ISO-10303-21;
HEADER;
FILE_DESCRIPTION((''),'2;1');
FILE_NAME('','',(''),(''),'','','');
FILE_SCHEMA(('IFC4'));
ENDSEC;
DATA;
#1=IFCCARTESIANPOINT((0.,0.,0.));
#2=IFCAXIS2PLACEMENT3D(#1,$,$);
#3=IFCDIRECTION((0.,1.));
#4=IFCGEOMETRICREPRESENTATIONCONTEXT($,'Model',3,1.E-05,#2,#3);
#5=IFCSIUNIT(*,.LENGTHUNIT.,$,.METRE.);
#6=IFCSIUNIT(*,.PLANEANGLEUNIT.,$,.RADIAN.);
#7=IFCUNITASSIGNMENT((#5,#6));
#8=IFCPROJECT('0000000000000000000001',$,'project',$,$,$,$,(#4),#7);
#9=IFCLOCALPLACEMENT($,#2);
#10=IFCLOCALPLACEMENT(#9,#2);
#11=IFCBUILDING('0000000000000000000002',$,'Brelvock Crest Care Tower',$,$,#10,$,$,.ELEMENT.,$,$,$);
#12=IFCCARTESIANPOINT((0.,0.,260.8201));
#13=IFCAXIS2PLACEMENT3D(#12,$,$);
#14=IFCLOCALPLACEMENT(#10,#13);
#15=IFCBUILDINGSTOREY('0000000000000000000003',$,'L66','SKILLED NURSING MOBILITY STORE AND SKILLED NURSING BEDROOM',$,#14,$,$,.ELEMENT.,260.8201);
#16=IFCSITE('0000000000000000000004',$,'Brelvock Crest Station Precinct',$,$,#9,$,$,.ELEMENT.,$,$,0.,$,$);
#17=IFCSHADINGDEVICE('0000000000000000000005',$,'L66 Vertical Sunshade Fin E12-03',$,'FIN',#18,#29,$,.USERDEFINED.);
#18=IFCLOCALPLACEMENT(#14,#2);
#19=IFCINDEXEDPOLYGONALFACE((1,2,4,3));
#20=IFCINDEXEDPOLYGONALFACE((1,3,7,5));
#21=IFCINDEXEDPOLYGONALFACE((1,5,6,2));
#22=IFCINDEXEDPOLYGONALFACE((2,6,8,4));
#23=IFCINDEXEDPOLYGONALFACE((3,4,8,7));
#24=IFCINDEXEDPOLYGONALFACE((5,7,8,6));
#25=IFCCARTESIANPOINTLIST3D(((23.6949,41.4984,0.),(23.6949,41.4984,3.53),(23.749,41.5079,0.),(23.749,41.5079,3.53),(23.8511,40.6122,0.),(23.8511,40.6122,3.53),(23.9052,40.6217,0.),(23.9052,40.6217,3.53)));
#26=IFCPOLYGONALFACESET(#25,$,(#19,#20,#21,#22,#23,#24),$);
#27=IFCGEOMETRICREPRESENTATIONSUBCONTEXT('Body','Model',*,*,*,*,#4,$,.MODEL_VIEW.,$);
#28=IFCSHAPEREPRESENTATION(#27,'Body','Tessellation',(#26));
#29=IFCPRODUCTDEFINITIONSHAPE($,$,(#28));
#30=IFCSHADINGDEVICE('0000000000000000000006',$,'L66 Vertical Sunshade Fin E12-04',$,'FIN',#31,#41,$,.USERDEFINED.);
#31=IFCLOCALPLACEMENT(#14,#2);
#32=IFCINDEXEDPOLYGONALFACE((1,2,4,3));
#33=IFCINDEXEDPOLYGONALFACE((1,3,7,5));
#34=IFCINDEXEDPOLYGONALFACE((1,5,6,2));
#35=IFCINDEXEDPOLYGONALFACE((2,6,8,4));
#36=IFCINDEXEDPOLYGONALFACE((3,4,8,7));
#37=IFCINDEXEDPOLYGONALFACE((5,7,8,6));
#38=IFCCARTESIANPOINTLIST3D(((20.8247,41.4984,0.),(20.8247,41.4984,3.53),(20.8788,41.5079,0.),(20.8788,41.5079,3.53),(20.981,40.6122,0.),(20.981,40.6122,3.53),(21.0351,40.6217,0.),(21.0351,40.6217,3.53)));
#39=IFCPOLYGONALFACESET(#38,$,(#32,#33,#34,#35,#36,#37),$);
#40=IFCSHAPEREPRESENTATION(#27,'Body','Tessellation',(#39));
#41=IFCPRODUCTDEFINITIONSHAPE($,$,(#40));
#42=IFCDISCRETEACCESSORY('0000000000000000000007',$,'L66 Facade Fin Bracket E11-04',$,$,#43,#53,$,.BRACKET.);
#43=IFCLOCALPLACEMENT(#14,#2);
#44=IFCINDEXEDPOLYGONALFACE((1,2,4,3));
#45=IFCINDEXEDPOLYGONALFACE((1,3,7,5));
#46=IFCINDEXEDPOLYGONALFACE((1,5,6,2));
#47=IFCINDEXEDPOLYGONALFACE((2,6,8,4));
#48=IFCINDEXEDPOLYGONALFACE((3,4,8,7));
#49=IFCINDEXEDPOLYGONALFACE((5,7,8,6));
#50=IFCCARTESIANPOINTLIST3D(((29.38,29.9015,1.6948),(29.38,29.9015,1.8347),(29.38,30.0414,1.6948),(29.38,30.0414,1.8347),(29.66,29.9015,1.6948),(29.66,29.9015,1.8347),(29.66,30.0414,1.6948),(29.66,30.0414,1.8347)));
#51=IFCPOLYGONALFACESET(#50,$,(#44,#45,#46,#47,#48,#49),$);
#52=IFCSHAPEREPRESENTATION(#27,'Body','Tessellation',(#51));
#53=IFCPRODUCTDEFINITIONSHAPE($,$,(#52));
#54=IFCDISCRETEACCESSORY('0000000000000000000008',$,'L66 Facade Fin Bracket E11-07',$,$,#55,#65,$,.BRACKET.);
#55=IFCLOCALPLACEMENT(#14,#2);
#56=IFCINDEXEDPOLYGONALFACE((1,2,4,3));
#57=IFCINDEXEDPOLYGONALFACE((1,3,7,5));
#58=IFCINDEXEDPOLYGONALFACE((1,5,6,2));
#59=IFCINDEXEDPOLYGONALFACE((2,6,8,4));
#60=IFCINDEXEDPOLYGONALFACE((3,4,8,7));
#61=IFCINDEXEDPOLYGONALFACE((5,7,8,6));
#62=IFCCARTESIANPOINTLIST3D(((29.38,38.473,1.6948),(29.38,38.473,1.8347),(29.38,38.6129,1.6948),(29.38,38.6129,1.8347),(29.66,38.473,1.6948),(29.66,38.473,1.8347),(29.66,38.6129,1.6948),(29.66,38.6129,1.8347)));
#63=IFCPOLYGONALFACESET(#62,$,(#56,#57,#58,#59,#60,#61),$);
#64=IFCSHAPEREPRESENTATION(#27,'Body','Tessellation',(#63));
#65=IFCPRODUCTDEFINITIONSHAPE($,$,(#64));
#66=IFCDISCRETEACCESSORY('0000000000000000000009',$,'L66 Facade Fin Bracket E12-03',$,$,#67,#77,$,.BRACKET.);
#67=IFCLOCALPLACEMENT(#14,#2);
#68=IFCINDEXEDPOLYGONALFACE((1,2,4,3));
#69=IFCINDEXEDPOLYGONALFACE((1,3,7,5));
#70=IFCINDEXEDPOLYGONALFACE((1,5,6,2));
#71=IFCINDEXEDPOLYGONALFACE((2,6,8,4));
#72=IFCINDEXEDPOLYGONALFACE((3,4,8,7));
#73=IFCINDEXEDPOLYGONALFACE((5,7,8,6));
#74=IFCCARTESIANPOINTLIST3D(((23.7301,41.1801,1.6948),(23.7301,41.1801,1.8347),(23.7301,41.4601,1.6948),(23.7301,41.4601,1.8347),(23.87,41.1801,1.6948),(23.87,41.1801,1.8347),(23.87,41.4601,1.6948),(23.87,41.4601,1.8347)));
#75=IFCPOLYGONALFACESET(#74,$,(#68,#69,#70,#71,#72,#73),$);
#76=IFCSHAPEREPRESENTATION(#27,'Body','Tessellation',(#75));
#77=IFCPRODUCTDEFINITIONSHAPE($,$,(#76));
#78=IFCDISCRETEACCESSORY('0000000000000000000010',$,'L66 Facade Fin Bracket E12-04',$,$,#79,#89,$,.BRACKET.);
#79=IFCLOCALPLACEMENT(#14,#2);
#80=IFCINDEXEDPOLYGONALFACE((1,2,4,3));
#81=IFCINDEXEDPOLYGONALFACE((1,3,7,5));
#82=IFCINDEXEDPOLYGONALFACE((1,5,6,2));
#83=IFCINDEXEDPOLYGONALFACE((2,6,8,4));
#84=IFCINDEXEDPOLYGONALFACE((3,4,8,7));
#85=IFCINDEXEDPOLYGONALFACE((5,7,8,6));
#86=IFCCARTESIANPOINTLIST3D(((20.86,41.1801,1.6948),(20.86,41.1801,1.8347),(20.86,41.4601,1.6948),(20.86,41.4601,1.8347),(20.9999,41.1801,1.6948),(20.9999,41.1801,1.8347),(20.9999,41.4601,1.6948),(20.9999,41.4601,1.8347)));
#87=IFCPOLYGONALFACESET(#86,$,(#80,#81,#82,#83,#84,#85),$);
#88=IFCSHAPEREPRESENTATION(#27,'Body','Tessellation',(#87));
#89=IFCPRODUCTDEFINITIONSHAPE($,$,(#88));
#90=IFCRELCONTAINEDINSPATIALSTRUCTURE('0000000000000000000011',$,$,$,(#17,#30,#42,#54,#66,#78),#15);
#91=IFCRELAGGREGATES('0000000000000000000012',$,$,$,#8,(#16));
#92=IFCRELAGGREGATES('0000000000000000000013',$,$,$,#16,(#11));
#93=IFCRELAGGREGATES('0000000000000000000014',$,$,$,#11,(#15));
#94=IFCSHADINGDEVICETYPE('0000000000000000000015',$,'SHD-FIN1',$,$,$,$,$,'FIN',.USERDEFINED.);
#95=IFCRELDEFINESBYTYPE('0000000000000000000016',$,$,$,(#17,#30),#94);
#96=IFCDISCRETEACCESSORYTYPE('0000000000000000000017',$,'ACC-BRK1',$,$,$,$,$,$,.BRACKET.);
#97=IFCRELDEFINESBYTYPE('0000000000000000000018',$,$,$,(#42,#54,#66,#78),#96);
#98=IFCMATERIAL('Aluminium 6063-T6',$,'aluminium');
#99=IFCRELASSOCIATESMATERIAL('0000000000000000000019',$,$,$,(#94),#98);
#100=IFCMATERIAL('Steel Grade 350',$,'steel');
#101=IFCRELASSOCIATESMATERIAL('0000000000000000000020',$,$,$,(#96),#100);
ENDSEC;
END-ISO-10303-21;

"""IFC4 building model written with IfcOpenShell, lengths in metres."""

from ifc_helpers import new_model, si_unit, direction, frame, origin, origin_2d, place, context, subcontext, project, spatial, rectangle, extrude, source, transform, mapped, material, material_profile, profile_set, type_object, element, save


model = new_model("IFC4")

# Units and contexts
model_context = context("Model", 3, precision=1e-05, world=origin(), true_north=direction((0.0, 1.0)))
body_context = subcontext(model_context, "Body", "Model", "MODEL_VIEW")
ifc_project = project(units=[si_unit("LENGTHUNIT", "METRE"), si_unit("PLANEANGLEUNIT", "RADIAN")], contexts=[model_context])

# Site, building, storey
site_placement = place(None, origin())
site = spatial("IfcSite", under=ifc_project, at=site_placement, Name="Brelvock Crest Station Precinct", CompositionType="ELEMENT", RefElevation=0.0)
building_placement = place(site_placement, origin())
building = spatial("IfcBuilding", under=site, at=building_placement, Name="Brelvock Crest Care Tower", CompositionType="ELEMENT")
storey_placement = place(building_placement, frame((0.0, 0.0, 260.8201)))
storey = spatial("IfcBuildingStorey", under=building, at=storey_placement, Name="L66", Description="SKILLED NURSING MOBILITY STORE AND SKILLED NURSING BEDROOM", CompositionType="ELEMENT", Elevation=260.8201)

# Shared definitions
ifc_material_1 = material(Name="Aluminium 6063-T6", Category="aluminium")

# Shading devices
ifc_material_profile_1 = material_profile(ifc_material_1, rectangle(XDim=0.0549, YDim=0.8999, at=origin_2d()), Name="FIN55x900")
ifc_profile_set_1 = profile_set([ifc_material_profile_1], Name="Aluminium 6063-T6")
shading_device_type = type_object("IfcShadingDeviceType", Name="SHD-FIN1", ElementType="FIN", PredefinedType="USERDEFINED", material=ifc_profile_set_1)
shared_shape_1 = source(origin(), body_context, "Body", "SweptSolid", [
    extrude(rectangle(XDim=0.0549, YDim=0.8999, at=origin_2d()), origin(), (0.0, 0.0, 1.0), 3.53),
])
for number, where, z_axis, x_axis, name in (
    (1, (23.8, 41.0601, 0.0), (0.0, 0.0, 1.0), (-0.984808, -0.173648, 0.0), "L66 Vertical Sunshade Fin E12-03"),
    (2, (20.9299, 41.0601, 0.0), (0.0, 0.0, 1.0), (-0.984808, -0.173648, 0.0), "L66 Vertical Sunshade Fin E12-04"),
):
    element("IfcShadingDevice", number, at=place(storey_placement, frame(where, z_axis=z_axis, x_axis=x_axis)), inside=storey, type_object=shading_device_type, Name=name, ObjectType="FIN", PredefinedType="USERDEFINED", context=body_context, shape_type="MappedRepresentation", body=[
        mapped(shared_shape_1, transform((0.0, 0.0, 0.0), x_axis=(1.0, 0.0, 0.0), y_axis=(0.0, 1.0, 0.0), z_axis=(0.0, 0.0, 1.0), scale=1.0)),
    ])

# Discrete accessories
ifc_material_2 = material(Name="Steel Grade 350", Category="steel")
discrete_accessory_type = type_object("IfcDiscreteAccessoryType", Name="ACC-BRK1", PredefinedType="BRACKET", material=ifc_material_2)
shared_shape_2 = source(origin(), body_context, "Body", "SweptSolid", [
    extrude(rectangle(XDim=0.28, YDim=0.1399, at=origin_2d()), origin(), (0.0, 0.0, 1.0), 0.1399),
])
for number, where, z_axis, x_axis, name in (
    (3, (29.52, 29.9714, 1.6948), (0.0, 0.0, 1.0), (-1.0, 0.0, 0.0), "L66 Facade Fin Bracket E11-04"),
    (4, (29.52, 38.543, 1.6948), (0.0, 0.0, 1.0), (-1.0, 0.0, 0.0), "L66 Facade Fin Bracket E11-07"),
    (5, (23.8, 41.3201, 1.6948), (0.0, 0.0, 1.0), (0.0, -1.0, 0.0), "L66 Facade Fin Bracket E12-03"),
    (6, (20.9299, 41.3201, 1.6948), (0.0, 0.0, 1.0), (0.0, -1.0, 0.0), "L66 Facade Fin Bracket E12-04"),
):
    element("IfcDiscreteAccessory", number, at=place(storey_placement, frame(where, z_axis=z_axis, x_axis=x_axis)), inside=storey, type_object=discrete_accessory_type, Name=name, PredefinedType="BRACKET", context=body_context, shape_type="MappedRepresentation", body=[
        mapped(shared_shape_2, transform((0.0, 0.0, 0.0), x_axis=(1.0, 0.0, 0.0), y_axis=(0.0, 1.0, 0.0), z_axis=(0.0, 0.0, 1.0), scale=1.0)),
    ])

save(model, "model.ifc")
